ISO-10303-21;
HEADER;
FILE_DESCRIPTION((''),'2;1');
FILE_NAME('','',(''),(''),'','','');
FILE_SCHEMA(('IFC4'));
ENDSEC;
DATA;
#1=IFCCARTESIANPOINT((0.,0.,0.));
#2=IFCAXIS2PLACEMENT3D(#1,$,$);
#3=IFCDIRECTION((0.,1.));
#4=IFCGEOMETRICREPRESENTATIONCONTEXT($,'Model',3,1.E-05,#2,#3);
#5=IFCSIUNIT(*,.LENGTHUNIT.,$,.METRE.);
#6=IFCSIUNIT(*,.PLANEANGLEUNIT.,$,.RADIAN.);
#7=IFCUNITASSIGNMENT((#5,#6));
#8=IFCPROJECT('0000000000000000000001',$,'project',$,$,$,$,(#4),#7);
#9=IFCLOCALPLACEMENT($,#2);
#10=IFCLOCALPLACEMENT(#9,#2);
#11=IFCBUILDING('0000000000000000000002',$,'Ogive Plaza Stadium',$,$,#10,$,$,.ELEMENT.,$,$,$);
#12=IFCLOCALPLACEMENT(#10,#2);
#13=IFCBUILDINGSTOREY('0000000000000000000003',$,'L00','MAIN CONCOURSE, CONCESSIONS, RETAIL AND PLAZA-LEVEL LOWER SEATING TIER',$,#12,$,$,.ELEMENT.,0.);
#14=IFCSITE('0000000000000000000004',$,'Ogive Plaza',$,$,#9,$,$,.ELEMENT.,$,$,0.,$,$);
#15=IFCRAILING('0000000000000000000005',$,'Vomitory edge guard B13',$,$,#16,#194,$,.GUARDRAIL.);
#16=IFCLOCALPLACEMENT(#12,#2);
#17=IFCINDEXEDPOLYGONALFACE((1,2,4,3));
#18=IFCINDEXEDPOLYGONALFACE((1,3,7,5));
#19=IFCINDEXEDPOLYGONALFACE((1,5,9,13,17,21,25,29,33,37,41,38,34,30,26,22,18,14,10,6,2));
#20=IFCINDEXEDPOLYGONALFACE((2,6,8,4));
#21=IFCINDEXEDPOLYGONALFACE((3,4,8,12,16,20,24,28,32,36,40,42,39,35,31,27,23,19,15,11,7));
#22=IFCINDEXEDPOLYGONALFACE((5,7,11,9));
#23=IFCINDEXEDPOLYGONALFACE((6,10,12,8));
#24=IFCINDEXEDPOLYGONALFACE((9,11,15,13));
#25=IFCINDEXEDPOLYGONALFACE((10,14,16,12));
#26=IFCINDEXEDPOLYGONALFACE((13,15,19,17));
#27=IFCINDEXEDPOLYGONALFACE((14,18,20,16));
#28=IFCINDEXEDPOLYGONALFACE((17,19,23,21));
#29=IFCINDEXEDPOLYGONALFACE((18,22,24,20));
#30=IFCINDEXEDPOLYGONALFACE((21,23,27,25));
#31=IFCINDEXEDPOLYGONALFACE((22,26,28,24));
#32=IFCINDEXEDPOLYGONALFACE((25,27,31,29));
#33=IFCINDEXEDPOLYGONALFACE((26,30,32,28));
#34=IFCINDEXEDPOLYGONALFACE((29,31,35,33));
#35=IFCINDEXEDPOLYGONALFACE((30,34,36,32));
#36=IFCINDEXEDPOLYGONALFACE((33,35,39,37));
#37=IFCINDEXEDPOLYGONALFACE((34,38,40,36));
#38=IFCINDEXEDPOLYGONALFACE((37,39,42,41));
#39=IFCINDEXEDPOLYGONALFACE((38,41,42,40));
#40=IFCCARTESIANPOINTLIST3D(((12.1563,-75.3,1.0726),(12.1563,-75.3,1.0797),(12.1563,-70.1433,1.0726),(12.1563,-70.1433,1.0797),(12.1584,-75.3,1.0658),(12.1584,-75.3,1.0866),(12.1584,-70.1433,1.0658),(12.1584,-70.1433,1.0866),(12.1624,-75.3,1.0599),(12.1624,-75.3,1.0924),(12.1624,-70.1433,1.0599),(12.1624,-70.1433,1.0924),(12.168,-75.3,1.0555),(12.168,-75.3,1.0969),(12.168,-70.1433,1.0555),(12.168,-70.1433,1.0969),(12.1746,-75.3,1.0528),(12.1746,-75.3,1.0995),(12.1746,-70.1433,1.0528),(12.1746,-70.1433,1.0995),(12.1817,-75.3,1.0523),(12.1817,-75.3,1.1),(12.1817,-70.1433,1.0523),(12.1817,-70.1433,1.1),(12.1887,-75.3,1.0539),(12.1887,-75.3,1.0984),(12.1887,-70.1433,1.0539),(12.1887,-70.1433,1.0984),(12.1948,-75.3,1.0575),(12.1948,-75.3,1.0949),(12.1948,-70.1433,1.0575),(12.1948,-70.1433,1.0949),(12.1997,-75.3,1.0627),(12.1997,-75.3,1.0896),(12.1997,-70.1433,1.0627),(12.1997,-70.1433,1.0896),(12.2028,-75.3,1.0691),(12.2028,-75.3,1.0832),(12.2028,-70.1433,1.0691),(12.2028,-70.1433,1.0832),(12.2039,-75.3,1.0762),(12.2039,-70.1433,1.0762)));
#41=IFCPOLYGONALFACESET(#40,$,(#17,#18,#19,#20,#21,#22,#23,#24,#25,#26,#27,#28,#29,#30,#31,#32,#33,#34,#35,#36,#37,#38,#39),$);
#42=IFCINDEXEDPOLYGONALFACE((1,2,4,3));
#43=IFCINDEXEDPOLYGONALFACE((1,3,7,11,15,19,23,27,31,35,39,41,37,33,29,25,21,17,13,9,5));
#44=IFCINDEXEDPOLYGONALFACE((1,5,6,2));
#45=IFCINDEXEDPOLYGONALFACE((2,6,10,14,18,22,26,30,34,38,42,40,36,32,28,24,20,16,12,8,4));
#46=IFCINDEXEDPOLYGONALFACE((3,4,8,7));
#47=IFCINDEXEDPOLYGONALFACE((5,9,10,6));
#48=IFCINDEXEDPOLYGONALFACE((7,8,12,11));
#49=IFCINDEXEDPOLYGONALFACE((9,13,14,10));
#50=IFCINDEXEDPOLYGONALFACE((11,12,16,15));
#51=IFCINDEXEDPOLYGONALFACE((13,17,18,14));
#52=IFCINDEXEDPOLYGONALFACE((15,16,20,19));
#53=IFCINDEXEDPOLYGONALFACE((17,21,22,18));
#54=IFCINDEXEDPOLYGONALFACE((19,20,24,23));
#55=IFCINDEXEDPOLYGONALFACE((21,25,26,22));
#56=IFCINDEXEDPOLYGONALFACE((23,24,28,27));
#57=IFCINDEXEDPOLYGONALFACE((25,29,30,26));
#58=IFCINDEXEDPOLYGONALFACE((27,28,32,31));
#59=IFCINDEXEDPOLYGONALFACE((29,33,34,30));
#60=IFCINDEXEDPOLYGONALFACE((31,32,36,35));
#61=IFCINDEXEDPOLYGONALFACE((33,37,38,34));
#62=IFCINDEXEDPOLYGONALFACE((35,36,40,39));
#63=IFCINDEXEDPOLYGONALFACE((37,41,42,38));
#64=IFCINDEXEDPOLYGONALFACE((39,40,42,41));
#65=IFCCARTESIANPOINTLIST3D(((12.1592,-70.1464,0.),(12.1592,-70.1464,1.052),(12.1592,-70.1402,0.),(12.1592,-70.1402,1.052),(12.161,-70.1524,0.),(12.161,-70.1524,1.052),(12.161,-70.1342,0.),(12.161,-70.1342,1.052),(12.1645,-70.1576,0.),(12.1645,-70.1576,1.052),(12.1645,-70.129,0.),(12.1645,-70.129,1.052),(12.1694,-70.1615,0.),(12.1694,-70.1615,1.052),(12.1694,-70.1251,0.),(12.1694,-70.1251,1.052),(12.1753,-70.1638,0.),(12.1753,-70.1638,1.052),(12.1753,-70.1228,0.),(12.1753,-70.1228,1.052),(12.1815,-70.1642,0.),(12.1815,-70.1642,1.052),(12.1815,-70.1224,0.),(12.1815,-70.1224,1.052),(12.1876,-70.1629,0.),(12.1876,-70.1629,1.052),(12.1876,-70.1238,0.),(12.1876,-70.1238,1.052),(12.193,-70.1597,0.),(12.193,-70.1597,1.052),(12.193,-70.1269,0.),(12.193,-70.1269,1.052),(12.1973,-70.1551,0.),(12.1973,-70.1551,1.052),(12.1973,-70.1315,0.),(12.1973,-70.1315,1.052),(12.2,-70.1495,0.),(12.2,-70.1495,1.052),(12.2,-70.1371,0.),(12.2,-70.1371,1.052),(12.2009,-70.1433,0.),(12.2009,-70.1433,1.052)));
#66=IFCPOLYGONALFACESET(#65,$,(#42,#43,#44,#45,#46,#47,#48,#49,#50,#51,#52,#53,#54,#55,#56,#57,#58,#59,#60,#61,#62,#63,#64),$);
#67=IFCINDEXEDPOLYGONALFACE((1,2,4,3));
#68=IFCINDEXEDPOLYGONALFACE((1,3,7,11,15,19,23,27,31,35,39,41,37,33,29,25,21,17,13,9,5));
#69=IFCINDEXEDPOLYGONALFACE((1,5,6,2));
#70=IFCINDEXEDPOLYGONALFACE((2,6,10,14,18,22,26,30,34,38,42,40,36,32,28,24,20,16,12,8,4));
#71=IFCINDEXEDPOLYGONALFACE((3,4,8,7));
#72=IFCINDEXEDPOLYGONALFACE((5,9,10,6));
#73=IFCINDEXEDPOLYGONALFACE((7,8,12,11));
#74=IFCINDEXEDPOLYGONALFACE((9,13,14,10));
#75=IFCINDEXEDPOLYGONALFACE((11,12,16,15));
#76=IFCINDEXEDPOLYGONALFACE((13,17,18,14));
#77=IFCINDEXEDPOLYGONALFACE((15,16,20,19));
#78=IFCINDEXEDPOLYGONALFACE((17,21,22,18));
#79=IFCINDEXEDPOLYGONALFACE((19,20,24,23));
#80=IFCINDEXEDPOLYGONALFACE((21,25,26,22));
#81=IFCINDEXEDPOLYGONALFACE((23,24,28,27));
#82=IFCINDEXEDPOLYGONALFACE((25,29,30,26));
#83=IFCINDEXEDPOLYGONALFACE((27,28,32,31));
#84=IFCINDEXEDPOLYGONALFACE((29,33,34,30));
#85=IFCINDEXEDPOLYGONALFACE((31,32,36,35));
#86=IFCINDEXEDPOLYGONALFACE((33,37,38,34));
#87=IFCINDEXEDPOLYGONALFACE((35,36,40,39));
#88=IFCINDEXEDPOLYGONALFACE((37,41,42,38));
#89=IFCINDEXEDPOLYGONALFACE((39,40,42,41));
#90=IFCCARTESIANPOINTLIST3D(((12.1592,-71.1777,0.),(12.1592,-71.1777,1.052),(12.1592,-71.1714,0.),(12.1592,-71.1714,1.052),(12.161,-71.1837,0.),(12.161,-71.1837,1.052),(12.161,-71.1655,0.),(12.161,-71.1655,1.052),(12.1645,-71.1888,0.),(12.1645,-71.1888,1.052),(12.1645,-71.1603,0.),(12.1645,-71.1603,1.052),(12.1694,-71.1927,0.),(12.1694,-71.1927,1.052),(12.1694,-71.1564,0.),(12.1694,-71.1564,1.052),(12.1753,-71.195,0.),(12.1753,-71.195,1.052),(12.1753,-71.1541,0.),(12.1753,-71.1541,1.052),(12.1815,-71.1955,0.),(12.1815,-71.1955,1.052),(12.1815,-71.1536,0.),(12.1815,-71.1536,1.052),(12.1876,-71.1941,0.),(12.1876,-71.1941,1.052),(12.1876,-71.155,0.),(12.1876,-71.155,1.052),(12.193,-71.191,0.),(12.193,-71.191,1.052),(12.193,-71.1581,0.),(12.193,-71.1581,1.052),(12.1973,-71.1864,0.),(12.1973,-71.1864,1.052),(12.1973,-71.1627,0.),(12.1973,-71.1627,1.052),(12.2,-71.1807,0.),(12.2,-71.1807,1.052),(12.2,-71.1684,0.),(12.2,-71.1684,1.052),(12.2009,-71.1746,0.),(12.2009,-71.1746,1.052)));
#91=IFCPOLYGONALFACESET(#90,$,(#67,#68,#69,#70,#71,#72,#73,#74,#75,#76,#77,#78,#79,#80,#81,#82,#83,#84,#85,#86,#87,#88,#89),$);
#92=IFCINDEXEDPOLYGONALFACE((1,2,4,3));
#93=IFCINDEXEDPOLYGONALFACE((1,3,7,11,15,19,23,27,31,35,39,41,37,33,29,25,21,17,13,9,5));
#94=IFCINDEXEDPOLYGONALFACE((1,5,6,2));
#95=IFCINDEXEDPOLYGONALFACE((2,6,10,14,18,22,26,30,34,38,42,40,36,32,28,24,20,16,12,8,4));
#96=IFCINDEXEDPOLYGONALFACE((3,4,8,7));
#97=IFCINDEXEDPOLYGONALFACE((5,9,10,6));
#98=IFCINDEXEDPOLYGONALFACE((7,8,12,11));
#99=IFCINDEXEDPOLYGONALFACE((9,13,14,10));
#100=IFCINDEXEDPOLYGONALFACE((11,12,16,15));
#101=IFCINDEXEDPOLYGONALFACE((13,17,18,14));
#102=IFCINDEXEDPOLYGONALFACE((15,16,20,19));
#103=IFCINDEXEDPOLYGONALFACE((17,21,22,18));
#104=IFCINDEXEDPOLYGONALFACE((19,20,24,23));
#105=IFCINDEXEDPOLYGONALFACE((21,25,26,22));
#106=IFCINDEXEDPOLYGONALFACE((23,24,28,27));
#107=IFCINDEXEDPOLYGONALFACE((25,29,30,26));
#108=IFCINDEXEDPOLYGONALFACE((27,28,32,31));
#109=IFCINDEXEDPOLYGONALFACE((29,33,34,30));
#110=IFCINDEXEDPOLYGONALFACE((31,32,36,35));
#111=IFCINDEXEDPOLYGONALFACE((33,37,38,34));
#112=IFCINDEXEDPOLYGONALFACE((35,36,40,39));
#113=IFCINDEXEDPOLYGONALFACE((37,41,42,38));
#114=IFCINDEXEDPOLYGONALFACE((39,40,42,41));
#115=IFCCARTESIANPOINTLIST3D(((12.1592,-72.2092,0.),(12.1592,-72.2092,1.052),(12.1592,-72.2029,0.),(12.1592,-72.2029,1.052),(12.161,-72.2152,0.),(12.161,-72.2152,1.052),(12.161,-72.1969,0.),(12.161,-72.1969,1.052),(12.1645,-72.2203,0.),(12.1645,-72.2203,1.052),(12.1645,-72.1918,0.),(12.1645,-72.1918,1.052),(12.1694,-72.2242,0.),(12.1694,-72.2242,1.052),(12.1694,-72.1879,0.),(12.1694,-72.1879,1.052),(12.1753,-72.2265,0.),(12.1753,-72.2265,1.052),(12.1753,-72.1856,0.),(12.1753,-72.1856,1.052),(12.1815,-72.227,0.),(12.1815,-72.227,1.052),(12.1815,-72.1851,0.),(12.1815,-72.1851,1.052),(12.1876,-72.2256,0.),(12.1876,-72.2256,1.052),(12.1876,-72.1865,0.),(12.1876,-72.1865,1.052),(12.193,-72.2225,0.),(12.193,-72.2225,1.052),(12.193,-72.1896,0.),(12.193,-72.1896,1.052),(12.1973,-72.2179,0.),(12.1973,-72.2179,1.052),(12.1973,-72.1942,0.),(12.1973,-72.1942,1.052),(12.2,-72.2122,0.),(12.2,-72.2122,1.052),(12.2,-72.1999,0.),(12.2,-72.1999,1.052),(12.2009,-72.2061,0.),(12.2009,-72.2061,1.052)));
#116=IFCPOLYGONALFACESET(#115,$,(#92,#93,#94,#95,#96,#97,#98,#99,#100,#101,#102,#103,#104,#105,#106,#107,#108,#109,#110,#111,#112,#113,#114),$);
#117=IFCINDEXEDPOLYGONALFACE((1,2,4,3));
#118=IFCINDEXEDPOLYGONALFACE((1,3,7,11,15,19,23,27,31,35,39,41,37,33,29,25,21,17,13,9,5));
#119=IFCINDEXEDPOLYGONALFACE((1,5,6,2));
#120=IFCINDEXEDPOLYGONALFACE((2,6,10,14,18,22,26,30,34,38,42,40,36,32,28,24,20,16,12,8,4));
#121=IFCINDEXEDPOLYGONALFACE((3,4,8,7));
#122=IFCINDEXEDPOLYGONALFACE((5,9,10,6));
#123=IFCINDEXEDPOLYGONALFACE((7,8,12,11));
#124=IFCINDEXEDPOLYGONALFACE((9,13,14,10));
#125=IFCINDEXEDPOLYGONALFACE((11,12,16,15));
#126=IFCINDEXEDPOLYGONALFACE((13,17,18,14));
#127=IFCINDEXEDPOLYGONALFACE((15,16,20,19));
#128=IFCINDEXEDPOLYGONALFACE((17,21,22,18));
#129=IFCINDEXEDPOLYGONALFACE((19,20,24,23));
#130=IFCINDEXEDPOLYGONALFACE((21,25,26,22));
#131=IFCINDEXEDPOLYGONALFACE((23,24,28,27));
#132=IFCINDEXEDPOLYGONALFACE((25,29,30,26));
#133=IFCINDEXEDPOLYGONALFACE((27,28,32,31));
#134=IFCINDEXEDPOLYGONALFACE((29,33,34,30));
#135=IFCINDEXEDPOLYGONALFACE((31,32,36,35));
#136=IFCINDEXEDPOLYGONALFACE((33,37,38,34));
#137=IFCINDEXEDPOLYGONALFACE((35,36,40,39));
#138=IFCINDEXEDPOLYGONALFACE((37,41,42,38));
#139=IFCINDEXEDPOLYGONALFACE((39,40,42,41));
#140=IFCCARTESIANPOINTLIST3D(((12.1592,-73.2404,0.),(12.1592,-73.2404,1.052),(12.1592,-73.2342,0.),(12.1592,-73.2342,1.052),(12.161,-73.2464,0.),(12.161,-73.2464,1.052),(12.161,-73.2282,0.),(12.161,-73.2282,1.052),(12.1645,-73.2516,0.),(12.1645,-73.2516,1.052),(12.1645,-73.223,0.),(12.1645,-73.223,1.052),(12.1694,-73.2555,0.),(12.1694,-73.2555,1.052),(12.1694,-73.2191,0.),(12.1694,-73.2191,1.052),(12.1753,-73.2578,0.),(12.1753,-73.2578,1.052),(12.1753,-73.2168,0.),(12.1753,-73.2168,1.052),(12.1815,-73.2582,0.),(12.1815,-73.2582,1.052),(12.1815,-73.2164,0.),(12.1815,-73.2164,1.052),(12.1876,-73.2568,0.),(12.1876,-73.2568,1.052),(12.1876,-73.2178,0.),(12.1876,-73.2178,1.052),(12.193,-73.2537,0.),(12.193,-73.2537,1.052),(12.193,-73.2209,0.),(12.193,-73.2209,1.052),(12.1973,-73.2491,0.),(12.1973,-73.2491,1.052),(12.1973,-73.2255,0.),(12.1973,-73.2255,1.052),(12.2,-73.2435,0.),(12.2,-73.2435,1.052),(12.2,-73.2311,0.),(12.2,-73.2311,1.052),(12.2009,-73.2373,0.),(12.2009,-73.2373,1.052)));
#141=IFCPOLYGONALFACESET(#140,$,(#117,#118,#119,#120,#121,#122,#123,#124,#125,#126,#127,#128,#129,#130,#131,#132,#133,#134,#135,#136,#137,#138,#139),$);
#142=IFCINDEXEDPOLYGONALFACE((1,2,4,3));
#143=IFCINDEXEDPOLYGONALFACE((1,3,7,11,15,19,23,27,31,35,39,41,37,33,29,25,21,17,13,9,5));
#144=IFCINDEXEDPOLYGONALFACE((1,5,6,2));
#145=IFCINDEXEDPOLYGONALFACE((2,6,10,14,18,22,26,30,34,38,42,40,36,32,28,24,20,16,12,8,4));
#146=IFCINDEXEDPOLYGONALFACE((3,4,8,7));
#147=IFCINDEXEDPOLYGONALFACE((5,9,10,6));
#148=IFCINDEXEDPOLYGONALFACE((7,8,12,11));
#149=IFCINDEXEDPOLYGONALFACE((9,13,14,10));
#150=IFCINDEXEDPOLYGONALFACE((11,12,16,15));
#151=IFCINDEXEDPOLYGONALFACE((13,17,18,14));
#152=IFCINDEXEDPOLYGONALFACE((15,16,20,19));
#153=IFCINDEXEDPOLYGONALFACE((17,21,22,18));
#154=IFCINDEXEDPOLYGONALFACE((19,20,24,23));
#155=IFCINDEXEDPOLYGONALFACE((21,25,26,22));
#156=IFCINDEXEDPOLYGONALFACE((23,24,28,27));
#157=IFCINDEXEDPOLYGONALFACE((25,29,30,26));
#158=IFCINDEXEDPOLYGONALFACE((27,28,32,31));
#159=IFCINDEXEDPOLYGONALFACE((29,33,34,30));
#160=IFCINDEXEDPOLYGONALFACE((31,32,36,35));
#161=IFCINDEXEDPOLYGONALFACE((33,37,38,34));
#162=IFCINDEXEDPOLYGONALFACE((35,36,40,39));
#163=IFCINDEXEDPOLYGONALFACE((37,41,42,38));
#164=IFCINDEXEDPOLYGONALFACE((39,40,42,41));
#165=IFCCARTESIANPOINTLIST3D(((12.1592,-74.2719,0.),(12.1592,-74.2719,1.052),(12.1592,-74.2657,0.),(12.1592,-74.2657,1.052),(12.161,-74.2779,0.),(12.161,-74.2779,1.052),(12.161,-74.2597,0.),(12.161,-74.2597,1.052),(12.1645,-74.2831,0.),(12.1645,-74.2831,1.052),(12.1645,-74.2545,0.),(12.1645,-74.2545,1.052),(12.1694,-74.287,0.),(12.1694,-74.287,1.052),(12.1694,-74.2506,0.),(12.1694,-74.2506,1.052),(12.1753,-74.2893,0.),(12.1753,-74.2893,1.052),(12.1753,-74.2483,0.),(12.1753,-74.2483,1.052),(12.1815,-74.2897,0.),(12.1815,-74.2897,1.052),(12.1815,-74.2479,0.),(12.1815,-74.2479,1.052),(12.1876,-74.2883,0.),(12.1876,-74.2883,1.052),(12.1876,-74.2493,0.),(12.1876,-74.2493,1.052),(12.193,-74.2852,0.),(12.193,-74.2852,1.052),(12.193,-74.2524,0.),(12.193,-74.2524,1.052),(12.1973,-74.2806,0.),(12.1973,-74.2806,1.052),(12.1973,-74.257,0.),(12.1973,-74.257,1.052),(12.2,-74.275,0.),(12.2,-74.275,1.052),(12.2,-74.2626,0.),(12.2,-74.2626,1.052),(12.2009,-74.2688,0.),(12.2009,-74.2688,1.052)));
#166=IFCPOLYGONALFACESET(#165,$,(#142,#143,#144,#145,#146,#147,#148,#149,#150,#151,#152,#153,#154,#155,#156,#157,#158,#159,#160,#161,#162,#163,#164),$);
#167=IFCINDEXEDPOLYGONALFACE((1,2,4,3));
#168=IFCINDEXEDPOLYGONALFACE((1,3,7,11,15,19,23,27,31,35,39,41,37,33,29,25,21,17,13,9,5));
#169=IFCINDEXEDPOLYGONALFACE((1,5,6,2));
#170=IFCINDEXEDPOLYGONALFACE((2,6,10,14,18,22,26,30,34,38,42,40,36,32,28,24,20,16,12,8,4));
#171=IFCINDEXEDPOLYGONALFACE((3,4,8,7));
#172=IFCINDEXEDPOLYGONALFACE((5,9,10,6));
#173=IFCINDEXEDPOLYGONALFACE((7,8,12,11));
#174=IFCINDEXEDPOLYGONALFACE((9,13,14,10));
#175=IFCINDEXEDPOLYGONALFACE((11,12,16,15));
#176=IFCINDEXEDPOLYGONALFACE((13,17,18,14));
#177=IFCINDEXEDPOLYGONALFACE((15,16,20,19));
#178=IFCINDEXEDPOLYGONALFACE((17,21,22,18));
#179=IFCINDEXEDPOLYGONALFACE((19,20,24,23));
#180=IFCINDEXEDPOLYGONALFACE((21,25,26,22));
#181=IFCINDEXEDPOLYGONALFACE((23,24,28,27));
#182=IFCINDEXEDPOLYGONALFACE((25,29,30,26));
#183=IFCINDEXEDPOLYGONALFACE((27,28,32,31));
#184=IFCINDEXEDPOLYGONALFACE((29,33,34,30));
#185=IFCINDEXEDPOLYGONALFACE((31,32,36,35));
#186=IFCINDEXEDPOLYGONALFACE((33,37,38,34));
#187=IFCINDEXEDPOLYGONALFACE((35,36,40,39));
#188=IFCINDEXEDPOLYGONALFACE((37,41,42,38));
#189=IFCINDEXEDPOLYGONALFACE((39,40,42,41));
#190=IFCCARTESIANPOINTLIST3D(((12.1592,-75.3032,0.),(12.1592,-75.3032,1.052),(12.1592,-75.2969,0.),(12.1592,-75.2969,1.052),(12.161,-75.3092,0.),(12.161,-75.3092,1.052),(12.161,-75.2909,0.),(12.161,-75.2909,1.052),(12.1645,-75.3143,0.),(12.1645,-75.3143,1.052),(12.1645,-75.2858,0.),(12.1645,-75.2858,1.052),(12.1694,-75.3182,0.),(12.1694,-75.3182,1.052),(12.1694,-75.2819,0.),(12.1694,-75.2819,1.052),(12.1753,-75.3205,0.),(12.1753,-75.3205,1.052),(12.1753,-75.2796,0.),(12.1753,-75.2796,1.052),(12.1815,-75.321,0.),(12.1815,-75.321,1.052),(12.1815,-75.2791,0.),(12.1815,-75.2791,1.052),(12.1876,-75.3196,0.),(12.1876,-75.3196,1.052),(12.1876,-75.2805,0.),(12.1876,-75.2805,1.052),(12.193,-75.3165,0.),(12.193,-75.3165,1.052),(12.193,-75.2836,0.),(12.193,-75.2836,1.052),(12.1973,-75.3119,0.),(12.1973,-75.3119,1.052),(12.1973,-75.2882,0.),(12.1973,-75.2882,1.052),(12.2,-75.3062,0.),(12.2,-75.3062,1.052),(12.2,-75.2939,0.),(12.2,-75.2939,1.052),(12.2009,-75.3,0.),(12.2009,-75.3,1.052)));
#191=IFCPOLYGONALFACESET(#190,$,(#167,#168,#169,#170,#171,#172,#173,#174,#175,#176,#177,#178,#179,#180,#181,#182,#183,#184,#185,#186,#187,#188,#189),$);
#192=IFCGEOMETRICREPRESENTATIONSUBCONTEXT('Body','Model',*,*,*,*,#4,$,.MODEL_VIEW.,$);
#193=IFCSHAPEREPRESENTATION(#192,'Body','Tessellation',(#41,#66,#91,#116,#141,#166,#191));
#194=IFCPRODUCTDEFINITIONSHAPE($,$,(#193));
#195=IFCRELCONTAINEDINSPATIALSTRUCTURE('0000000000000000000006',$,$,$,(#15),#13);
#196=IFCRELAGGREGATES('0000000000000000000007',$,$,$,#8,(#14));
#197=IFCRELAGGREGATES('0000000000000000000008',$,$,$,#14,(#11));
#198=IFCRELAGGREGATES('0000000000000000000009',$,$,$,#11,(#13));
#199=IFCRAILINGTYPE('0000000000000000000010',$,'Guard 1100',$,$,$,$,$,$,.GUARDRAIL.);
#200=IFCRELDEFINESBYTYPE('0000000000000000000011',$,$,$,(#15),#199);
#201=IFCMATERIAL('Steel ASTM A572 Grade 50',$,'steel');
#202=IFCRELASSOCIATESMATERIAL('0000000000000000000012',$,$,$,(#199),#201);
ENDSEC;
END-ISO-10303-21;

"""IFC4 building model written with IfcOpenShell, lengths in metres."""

from ifc_helpers import new_model, si_unit, direction, frame, origin, origin_2d, place, context, subcontext, project, spatial, circle, extrude, material, type_object, element, save


model = new_model("IFC4")

# Units and contexts
model_context = context("Model", 3, precision=1e-05, world=origin(), true_north=direction((0.0, 1.0)))
body_context = subcontext(model_context, "Body", "Model", "MODEL_VIEW")
ifc_project = project(units=[si_unit("LENGTHUNIT", "METRE"), si_unit("PLANEANGLEUNIT", "RADIAN")], contexts=[model_context])

# Site, building, storey
site_placement = place(None, origin())
site = spatial("IfcSite", under=ifc_project, at=site_placement, Name="Ogive Plaza", CompositionType="ELEMENT", RefElevation=0.0)
building_placement = place(site_placement, origin())
building = spatial("IfcBuilding", under=site, at=building_placement, Name="Ogive Plaza Stadium", CompositionType="ELEMENT")
storey_placement = place(building_placement, origin())
storey = spatial("IfcBuildingStorey", under=building, at=storey_placement, Name="L00", Description="MAIN CONCOURSE, CONCESSIONS, RETAIL AND PLAZA-LEVEL LOWER SEATING TIER", CompositionType="ELEMENT", Elevation=0.0)

# Railing
ifc_material_1 = material(Name="Steel ASTM A572 Grade 50", Category="steel")
railing_type = type_object("IfcRailingType", Name="Guard 1100", PredefinedType="GUARDRAIL", material=ifc_material_1)
for number, where, name in (
    (1, (12.1799, -70.1433, 0.0), "Vomitory edge guard B13"),
):
    element("IfcRailing", number, at=place(storey_placement, frame(where)), inside=storey, type_object=railing_type, Name=name, PredefinedType="GUARDRAIL", context=body_context, shape_type="SweptSolid", body=[
        extrude(circle(Radius=0.0239, at=origin_2d()), frame((0.0, 0.0, 1.0762), z_axis=(0.0, -1.0, 0.0), x_axis=(1.0, 0.0, 0.0)), (0.0, 0.0, 1.0), 5.1567),
        extrude(circle(Radius=0.021, at=origin_2d()), origin(), (0.0, 0.0, 1.0), 1.052),
        extrude(circle(Radius=0.021, at=origin_2d()), frame((0.0, -1.0312, 0.0)), (0.0, 0.0, 1.0), 1.052),
        extrude(circle(Radius=0.021, at=origin_2d()), frame((0.0, -2.0627, 0.0)), (0.0, 0.0, 1.0), 1.052),
        extrude(circle(Radius=0.021, at=origin_2d()), frame((0.0, -3.094, 0.0)), (0.0, 0.0, 1.0), 1.052),
        extrude(circle(Radius=0.021, at=origin_2d()), frame((0.0, -4.1255, 0.0)), (0.0, 0.0, 1.0), 1.052),
        extrude(circle(Radius=0.021, at=origin_2d()), frame((0.0, -5.1567, 0.0)), (0.0, 0.0, 1.0), 1.052),
    ])

save(model, "model.ifc")
